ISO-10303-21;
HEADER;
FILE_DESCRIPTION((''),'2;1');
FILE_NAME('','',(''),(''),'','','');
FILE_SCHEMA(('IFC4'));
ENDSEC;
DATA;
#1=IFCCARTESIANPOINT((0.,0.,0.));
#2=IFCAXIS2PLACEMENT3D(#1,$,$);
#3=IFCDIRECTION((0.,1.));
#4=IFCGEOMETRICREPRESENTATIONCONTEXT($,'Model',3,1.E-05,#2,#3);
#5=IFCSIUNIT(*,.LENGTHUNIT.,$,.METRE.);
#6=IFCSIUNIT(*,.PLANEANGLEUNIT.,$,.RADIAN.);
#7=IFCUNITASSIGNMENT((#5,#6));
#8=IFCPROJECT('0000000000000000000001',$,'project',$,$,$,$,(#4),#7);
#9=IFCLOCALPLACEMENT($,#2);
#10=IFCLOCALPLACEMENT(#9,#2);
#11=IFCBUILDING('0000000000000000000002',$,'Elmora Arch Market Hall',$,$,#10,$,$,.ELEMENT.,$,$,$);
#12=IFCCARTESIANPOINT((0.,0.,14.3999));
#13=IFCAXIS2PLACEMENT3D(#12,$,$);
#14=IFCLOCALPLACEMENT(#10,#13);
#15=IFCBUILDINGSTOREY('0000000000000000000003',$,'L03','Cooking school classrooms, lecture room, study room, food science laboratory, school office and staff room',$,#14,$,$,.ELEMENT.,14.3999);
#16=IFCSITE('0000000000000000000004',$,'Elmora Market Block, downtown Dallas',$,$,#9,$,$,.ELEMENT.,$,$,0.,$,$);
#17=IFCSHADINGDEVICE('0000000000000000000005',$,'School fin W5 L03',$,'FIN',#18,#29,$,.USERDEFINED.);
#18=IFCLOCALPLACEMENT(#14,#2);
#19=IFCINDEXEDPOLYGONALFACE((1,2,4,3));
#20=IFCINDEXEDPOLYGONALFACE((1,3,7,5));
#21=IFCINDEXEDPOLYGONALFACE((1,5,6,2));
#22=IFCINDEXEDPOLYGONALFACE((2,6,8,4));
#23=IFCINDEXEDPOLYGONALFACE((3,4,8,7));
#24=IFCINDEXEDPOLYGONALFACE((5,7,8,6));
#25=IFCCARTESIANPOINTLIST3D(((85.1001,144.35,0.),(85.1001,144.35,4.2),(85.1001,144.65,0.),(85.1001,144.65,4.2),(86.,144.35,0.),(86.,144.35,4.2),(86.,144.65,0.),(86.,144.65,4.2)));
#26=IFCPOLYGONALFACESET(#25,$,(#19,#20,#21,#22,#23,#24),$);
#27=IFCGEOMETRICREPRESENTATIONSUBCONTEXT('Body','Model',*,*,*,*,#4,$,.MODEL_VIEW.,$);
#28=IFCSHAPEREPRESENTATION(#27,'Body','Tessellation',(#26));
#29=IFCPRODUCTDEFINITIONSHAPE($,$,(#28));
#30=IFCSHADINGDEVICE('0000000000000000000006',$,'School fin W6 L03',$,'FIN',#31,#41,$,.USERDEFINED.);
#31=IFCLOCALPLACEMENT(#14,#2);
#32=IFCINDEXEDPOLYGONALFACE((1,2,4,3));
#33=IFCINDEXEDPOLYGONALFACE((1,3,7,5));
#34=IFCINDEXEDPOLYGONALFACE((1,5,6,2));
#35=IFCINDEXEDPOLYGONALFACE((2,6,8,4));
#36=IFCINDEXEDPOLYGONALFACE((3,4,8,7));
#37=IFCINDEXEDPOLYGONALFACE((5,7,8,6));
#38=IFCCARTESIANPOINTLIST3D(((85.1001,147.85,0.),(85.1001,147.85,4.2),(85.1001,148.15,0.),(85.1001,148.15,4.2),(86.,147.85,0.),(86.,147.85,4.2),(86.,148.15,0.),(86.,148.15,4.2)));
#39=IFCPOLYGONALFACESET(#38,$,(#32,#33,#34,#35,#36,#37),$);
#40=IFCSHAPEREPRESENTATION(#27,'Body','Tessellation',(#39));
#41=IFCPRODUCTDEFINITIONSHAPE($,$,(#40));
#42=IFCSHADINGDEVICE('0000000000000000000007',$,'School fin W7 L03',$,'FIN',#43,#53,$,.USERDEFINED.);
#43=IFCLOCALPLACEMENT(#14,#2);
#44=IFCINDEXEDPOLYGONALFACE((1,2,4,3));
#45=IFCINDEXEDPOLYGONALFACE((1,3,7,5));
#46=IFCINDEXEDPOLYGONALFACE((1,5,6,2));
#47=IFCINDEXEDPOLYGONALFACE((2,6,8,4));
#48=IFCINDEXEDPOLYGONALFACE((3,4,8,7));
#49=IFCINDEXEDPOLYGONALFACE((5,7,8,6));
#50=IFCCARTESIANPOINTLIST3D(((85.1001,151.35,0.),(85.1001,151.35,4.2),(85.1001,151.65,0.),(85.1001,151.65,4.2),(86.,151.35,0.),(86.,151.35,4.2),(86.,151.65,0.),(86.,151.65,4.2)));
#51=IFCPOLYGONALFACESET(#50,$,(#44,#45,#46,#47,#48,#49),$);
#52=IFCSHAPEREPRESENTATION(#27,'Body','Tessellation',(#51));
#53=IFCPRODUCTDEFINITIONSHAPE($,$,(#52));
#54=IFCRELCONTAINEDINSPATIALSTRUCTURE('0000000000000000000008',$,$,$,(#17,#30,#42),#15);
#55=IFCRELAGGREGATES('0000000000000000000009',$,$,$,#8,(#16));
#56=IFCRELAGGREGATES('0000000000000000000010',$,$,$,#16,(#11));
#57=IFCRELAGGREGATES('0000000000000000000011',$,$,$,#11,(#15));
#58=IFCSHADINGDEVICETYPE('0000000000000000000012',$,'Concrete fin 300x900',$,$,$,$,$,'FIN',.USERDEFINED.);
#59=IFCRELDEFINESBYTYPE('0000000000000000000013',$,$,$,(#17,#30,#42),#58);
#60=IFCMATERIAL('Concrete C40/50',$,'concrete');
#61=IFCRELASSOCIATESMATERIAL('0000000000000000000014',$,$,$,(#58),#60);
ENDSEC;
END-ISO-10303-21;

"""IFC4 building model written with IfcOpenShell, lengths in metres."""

from ifc_helpers import new_model, si_unit, direction, frame, origin, origin_2d, place, context, subcontext, project, spatial, rectangle, extrude, material, type_object, element, save


model = new_model("IFC4")

# Units and contexts
model_context = context("Model", 3, precision=1e-05, world=origin(), true_north=direction((0.0, 1.0)))
body_context = subcontext(model_context, "Body", "Model", "MODEL_VIEW")
ifc_project = project(units=[si_unit("LENGTHUNIT", "METRE"), si_unit("PLANEANGLEUNIT", "RADIAN")], contexts=[model_context])

# Site, building, storey
site_placement = place(None, origin())
site = spatial("IfcSite", under=ifc_project, at=site_placement, Name="Elmora Market Block, downtown Dallas", CompositionType="ELEMENT", RefElevation=0.0)
building_placement = place(site_placement, origin())
building = spatial("IfcBuilding", under=site, at=building_placement, Name="Elmora Arch Market Hall", CompositionType="ELEMENT")
storey_placement = place(building_placement, frame((0.0, 0.0, 14.3999)))
storey = spatial("IfcBuildingStorey", under=building, at=storey_placement, Name="L03", Description="Cooking school classrooms, lecture room, study room, food science laboratory, school office and staff room", CompositionType="ELEMENT", Elevation=14.3999)

# Shading devices
ifc_material_1 = material(Name="Concrete C40/50", Category="concrete")
shading_device_type_1 = type_object("IfcShadingDeviceType", Name="Concrete fin 300x900", ElementType="FIN", PredefinedType="USERDEFINED", material=ifc_material_1)
for number, where, z_axis, x_axis, name in (
    (1, (85.55, 144.5, 0.0), (0.0, 0.0, 1.0), (1.0, 0.0, 0.0), "School fin W5 L03"),
    (2, (85.55, 148.0, 0.0), (0.0, 0.0, 1.0), (1.0, 0.0, 0.0), "School fin W6 L03"),
    (3, (85.55, 151.5, 0.0), (0.0, 0.0, 1.0), (1.0, 0.0, 0.0), "School fin W7 L03"),
):
    element("IfcShadingDevice", number, at=place(storey_placement, frame(where, z_axis=z_axis, x_axis=x_axis)), inside=storey, type_object=shading_device_type_1, Name=name, ObjectType="FIN", PredefinedType="USERDEFINED", context=body_context, shape_type="SweptSolid", body=[
        extrude(rectangle(XDim=0.8999, YDim=0.3, at=origin_2d()), origin(), (0.0, 0.0, 1.0), 4.2),
    ])

save(model, "model.ifc")
